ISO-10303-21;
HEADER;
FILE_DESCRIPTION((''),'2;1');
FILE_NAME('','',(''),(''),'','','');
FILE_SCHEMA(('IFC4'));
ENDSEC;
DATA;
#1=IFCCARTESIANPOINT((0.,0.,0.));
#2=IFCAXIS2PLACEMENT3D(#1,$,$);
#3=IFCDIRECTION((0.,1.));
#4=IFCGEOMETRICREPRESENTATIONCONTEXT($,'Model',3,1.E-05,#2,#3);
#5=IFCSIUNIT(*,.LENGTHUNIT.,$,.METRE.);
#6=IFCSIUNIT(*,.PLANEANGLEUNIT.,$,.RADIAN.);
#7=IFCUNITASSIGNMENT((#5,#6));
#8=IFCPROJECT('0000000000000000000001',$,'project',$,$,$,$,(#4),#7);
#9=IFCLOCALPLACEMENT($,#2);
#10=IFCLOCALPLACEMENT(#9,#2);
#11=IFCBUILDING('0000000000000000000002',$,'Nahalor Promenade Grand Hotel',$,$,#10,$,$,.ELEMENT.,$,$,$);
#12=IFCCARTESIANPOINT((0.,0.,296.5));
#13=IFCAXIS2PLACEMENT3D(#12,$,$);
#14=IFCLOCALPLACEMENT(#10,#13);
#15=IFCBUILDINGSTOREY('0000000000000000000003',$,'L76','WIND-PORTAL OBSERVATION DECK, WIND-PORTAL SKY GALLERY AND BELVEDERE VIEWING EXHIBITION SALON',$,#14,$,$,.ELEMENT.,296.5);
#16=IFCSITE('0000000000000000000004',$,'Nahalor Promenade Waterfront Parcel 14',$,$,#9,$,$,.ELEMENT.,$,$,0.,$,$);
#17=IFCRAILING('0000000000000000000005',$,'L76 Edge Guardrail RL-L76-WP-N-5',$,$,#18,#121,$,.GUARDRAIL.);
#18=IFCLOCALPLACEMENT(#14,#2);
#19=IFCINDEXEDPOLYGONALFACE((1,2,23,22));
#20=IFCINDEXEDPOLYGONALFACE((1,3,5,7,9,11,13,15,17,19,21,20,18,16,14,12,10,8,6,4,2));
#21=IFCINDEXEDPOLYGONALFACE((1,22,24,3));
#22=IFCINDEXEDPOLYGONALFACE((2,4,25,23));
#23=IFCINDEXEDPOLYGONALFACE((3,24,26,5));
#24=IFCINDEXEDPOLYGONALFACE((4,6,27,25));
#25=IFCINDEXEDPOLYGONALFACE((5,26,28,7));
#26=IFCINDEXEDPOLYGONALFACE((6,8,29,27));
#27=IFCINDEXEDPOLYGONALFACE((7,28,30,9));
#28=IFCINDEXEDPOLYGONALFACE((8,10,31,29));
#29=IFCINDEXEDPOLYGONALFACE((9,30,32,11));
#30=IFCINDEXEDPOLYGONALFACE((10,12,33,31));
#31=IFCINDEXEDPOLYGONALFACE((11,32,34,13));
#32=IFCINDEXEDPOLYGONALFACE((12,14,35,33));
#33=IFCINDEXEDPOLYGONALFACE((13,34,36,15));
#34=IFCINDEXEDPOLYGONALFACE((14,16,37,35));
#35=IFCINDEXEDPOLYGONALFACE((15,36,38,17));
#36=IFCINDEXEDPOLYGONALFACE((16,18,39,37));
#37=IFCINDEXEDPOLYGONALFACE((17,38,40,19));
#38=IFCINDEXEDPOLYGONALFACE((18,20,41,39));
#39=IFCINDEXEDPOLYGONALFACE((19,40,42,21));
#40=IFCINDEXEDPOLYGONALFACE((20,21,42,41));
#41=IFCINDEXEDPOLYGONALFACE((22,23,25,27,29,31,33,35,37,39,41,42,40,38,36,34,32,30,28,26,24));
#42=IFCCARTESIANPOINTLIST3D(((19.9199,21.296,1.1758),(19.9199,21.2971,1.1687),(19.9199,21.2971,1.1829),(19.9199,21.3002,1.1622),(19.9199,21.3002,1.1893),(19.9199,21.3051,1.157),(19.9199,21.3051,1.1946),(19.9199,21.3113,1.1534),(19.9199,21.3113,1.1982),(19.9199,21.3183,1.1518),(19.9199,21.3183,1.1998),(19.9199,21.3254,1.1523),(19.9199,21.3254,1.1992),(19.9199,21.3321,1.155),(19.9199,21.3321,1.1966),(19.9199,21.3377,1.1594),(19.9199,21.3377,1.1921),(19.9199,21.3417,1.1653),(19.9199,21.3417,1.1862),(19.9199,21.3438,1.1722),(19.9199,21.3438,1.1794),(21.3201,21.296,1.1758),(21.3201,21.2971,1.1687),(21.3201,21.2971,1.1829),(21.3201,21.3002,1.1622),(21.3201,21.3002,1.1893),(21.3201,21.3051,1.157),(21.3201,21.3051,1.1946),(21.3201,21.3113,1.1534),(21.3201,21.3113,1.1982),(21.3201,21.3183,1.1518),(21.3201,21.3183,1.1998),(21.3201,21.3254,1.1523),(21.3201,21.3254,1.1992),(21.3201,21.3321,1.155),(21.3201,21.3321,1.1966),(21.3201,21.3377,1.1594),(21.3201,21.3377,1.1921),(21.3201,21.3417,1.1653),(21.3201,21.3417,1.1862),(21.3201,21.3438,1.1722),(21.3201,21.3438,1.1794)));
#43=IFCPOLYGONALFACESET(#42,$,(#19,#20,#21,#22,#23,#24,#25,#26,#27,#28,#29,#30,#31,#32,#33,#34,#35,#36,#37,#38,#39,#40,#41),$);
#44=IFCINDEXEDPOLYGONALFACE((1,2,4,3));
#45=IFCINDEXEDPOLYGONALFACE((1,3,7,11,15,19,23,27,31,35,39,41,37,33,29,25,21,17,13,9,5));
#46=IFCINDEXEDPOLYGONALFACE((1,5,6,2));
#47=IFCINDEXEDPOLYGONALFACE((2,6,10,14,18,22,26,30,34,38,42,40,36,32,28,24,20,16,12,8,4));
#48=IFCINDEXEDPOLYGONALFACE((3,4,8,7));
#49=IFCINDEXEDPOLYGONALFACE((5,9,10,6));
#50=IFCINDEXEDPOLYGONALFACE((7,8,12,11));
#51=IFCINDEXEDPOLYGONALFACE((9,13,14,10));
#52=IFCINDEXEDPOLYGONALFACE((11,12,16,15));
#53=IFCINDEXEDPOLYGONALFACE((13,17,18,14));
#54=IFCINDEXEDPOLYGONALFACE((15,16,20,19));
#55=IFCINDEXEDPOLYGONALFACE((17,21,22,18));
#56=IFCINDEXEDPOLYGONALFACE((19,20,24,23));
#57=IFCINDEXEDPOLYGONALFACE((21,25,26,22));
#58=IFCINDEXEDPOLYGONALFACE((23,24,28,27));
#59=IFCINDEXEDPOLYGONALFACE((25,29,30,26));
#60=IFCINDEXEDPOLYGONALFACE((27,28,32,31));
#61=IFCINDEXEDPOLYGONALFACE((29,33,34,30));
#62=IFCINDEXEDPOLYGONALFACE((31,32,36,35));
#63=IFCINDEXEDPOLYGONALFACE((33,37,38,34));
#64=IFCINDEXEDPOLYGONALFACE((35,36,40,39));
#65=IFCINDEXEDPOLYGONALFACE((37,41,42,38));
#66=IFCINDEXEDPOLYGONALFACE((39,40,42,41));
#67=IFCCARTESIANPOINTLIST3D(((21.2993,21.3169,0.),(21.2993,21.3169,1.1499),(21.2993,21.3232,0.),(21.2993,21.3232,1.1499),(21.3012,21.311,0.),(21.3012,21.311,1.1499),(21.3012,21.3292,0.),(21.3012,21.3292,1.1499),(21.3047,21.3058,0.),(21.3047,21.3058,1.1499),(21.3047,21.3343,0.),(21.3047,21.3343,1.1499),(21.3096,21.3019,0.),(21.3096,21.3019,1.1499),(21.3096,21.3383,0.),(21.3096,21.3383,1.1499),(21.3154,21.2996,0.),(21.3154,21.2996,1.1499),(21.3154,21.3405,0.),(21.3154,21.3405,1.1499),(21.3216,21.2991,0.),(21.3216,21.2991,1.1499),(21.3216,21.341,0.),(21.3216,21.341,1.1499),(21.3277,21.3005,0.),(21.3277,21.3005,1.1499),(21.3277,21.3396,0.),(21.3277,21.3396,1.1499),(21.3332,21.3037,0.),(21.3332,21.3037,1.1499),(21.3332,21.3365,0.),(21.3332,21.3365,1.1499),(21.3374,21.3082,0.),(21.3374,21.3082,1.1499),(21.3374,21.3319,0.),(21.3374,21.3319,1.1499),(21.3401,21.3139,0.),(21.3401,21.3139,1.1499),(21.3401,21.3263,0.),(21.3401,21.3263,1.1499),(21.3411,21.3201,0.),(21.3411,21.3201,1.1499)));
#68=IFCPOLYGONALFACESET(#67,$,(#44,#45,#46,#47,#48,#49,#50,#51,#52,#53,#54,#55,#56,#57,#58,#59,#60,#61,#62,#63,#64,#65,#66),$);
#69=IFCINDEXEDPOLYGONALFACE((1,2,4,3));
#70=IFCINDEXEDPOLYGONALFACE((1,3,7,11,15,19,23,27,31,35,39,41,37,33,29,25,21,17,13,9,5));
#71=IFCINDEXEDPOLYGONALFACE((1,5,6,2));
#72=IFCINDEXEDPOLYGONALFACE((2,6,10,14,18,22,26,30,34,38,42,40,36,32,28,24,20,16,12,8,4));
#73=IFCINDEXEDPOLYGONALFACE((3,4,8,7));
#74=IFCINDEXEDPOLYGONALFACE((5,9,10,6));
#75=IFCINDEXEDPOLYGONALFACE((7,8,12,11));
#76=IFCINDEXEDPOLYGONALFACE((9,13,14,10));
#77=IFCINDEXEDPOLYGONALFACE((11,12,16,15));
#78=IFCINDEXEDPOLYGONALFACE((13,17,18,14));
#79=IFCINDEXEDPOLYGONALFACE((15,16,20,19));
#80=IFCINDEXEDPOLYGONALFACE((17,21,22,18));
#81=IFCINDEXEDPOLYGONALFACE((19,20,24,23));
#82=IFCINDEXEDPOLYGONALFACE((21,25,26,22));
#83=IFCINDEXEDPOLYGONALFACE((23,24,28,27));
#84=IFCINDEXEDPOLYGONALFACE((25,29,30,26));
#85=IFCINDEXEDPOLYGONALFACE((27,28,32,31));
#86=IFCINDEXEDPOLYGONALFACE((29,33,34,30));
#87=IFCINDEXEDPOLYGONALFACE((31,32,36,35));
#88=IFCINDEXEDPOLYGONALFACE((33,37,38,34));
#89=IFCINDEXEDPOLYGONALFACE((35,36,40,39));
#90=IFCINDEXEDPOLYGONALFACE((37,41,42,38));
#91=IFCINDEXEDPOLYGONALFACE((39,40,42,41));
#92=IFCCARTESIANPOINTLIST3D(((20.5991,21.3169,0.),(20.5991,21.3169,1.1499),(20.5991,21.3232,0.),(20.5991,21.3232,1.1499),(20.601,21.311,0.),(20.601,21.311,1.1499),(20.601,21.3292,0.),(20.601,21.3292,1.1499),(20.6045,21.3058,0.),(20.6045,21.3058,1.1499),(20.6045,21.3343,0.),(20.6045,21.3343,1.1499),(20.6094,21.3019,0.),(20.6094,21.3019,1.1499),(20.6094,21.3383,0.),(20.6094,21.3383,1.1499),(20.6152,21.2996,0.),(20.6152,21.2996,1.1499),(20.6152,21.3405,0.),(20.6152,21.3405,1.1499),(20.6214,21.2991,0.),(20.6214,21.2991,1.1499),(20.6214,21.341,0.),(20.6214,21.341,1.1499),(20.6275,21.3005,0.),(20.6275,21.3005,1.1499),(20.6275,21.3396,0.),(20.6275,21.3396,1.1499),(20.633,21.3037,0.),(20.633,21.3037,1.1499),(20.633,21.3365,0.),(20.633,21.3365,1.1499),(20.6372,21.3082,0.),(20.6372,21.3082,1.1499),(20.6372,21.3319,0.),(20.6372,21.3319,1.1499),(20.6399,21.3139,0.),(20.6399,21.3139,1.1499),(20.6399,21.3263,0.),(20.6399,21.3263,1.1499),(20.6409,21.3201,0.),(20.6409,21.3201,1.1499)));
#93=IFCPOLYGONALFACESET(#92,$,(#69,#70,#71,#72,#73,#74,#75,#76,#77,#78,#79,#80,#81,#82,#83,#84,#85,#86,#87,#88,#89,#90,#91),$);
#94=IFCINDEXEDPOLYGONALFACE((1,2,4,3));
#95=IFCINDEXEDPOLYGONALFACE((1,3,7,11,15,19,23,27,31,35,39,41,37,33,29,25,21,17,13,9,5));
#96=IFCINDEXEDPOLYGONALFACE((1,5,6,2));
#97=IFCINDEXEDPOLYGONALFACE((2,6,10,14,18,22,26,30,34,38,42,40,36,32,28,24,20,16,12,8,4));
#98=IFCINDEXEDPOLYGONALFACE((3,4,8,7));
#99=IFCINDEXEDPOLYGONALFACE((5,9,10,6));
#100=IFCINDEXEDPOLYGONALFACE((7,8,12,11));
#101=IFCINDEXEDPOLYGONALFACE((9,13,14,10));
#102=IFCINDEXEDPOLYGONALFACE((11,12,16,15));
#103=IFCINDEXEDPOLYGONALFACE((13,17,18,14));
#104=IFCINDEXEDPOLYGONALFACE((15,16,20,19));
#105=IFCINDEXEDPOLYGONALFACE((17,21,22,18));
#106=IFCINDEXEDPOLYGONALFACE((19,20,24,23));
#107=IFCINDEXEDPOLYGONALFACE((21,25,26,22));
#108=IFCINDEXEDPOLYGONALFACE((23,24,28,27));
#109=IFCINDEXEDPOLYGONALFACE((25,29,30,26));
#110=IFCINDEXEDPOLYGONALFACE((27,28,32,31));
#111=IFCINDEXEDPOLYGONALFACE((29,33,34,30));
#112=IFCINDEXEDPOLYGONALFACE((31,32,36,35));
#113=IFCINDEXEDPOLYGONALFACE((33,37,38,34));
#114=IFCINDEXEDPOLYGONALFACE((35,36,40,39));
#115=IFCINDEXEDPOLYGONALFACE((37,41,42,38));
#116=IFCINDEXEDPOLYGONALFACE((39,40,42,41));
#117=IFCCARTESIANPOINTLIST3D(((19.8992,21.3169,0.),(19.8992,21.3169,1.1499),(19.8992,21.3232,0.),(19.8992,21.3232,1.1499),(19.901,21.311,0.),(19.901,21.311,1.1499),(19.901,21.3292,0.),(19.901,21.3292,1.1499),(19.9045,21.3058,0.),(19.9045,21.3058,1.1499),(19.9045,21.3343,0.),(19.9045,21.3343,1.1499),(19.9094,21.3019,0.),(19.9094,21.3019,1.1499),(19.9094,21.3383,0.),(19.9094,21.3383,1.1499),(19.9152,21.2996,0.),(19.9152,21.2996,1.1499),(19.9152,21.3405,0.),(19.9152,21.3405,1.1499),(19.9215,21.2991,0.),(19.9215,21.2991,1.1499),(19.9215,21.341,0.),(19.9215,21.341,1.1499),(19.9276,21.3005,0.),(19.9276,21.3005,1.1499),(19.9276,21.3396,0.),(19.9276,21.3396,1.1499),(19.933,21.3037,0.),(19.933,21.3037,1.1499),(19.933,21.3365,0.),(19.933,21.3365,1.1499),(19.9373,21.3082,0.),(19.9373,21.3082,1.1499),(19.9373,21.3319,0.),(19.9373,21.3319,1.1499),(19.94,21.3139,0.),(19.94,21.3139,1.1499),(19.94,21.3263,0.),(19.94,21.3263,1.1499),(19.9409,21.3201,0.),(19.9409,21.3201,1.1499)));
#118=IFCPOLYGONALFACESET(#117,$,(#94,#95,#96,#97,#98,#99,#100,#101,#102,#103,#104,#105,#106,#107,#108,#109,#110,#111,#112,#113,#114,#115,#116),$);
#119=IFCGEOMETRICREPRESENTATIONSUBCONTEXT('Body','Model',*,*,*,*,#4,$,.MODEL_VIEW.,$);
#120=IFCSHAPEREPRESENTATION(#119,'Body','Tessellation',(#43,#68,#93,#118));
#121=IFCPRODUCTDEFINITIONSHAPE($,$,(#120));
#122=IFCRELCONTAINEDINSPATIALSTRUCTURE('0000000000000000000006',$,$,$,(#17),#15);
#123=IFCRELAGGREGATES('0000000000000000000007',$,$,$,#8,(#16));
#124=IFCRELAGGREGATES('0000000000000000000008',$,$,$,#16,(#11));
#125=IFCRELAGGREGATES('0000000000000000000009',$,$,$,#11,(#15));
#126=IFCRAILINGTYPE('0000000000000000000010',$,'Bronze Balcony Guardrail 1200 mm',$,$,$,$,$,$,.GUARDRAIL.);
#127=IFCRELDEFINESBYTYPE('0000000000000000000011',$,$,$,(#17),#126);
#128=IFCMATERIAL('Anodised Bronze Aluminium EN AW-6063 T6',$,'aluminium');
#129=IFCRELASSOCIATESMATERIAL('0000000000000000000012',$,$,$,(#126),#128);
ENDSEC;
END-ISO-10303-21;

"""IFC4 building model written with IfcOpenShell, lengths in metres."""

from ifc_helpers import new_model, si_unit, direction, frame, origin, origin_2d, place, context, subcontext, project, spatial, circle, extrude, material, type_object, element, save


model = new_model("IFC4")

# Units and contexts
model_context = context("Model", 3, precision=1e-05, world=origin(), true_north=direction((0.0, 1.0)))
body_context = subcontext(model_context, "Body", "Model", "MODEL_VIEW")
ifc_project = project(units=[si_unit("LENGTHUNIT", "METRE"), si_unit("PLANEANGLEUNIT", "RADIAN")], contexts=[model_context])

# Site, building, storey
site_placement = place(None, origin())
site = spatial("IfcSite", under=ifc_project, at=site_placement, Name="Nahalor Promenade Waterfront Parcel 14", CompositionType="ELEMENT", RefElevation=0.0)
building_placement = place(site_placement, origin())
building = spatial("IfcBuilding", under=site, at=building_placement, Name="Nahalor Promenade Grand Hotel", CompositionType="ELEMENT")
storey_placement = place(building_placement, frame((0.0, 0.0, 296.5)))
storey = spatial("IfcBuildingStorey", under=building, at=storey_placement, Name="L76", Description="WIND-PORTAL OBSERVATION DECK, WIND-PORTAL SKY GALLERY AND BELVEDERE VIEWING EXHIBITION SALON", CompositionType="ELEMENT", Elevation=296.5)

# Railing
ifc_material_1 = material(Name="Anodised Bronze Aluminium EN AW-6063 T6", Category="aluminium")
railing_type = type_object("IfcRailingType", Name="Bronze Balcony Guardrail 1200 mm", PredefinedType="GUARDRAIL", material=ifc_material_1)
railing_1_placement = place(storey_placement, frame((21.3201, 21.3201, 0.0)))
element("IfcRailing", 1, at=railing_1_placement, inside=storey, type_object=railing_type, Name="L76 Edge Guardrail RL-L76-WP-N-5", PredefinedType="GUARDRAIL", context=body_context, shape_type="SweptSolid", body=[
    extrude(circle(Radius=0.024, at=origin_2d()), frame((0.0, 0.0, 1.1758), z_axis=(-1.0, 0.0, 0.0), x_axis=(0.0, -1.0, 0.0)), (0.0, 0.0, 1.0), 1.4001),
    extrude(circle(Radius=0.021, at=origin_2d()), origin(), (0.0, 0.0, 1.0), 1.1499),
    extrude(circle(Radius=0.021, at=origin_2d()), frame((-0.7002, 0.0, 0.0)), (0.0, 0.0, 1.0), 1.1499),
    extrude(circle(Radius=0.021, at=origin_2d()), frame((-1.4001, 0.0, 0.0)), (0.0, 0.0, 1.0), 1.1499),
])

save(model, "model.ifc")
